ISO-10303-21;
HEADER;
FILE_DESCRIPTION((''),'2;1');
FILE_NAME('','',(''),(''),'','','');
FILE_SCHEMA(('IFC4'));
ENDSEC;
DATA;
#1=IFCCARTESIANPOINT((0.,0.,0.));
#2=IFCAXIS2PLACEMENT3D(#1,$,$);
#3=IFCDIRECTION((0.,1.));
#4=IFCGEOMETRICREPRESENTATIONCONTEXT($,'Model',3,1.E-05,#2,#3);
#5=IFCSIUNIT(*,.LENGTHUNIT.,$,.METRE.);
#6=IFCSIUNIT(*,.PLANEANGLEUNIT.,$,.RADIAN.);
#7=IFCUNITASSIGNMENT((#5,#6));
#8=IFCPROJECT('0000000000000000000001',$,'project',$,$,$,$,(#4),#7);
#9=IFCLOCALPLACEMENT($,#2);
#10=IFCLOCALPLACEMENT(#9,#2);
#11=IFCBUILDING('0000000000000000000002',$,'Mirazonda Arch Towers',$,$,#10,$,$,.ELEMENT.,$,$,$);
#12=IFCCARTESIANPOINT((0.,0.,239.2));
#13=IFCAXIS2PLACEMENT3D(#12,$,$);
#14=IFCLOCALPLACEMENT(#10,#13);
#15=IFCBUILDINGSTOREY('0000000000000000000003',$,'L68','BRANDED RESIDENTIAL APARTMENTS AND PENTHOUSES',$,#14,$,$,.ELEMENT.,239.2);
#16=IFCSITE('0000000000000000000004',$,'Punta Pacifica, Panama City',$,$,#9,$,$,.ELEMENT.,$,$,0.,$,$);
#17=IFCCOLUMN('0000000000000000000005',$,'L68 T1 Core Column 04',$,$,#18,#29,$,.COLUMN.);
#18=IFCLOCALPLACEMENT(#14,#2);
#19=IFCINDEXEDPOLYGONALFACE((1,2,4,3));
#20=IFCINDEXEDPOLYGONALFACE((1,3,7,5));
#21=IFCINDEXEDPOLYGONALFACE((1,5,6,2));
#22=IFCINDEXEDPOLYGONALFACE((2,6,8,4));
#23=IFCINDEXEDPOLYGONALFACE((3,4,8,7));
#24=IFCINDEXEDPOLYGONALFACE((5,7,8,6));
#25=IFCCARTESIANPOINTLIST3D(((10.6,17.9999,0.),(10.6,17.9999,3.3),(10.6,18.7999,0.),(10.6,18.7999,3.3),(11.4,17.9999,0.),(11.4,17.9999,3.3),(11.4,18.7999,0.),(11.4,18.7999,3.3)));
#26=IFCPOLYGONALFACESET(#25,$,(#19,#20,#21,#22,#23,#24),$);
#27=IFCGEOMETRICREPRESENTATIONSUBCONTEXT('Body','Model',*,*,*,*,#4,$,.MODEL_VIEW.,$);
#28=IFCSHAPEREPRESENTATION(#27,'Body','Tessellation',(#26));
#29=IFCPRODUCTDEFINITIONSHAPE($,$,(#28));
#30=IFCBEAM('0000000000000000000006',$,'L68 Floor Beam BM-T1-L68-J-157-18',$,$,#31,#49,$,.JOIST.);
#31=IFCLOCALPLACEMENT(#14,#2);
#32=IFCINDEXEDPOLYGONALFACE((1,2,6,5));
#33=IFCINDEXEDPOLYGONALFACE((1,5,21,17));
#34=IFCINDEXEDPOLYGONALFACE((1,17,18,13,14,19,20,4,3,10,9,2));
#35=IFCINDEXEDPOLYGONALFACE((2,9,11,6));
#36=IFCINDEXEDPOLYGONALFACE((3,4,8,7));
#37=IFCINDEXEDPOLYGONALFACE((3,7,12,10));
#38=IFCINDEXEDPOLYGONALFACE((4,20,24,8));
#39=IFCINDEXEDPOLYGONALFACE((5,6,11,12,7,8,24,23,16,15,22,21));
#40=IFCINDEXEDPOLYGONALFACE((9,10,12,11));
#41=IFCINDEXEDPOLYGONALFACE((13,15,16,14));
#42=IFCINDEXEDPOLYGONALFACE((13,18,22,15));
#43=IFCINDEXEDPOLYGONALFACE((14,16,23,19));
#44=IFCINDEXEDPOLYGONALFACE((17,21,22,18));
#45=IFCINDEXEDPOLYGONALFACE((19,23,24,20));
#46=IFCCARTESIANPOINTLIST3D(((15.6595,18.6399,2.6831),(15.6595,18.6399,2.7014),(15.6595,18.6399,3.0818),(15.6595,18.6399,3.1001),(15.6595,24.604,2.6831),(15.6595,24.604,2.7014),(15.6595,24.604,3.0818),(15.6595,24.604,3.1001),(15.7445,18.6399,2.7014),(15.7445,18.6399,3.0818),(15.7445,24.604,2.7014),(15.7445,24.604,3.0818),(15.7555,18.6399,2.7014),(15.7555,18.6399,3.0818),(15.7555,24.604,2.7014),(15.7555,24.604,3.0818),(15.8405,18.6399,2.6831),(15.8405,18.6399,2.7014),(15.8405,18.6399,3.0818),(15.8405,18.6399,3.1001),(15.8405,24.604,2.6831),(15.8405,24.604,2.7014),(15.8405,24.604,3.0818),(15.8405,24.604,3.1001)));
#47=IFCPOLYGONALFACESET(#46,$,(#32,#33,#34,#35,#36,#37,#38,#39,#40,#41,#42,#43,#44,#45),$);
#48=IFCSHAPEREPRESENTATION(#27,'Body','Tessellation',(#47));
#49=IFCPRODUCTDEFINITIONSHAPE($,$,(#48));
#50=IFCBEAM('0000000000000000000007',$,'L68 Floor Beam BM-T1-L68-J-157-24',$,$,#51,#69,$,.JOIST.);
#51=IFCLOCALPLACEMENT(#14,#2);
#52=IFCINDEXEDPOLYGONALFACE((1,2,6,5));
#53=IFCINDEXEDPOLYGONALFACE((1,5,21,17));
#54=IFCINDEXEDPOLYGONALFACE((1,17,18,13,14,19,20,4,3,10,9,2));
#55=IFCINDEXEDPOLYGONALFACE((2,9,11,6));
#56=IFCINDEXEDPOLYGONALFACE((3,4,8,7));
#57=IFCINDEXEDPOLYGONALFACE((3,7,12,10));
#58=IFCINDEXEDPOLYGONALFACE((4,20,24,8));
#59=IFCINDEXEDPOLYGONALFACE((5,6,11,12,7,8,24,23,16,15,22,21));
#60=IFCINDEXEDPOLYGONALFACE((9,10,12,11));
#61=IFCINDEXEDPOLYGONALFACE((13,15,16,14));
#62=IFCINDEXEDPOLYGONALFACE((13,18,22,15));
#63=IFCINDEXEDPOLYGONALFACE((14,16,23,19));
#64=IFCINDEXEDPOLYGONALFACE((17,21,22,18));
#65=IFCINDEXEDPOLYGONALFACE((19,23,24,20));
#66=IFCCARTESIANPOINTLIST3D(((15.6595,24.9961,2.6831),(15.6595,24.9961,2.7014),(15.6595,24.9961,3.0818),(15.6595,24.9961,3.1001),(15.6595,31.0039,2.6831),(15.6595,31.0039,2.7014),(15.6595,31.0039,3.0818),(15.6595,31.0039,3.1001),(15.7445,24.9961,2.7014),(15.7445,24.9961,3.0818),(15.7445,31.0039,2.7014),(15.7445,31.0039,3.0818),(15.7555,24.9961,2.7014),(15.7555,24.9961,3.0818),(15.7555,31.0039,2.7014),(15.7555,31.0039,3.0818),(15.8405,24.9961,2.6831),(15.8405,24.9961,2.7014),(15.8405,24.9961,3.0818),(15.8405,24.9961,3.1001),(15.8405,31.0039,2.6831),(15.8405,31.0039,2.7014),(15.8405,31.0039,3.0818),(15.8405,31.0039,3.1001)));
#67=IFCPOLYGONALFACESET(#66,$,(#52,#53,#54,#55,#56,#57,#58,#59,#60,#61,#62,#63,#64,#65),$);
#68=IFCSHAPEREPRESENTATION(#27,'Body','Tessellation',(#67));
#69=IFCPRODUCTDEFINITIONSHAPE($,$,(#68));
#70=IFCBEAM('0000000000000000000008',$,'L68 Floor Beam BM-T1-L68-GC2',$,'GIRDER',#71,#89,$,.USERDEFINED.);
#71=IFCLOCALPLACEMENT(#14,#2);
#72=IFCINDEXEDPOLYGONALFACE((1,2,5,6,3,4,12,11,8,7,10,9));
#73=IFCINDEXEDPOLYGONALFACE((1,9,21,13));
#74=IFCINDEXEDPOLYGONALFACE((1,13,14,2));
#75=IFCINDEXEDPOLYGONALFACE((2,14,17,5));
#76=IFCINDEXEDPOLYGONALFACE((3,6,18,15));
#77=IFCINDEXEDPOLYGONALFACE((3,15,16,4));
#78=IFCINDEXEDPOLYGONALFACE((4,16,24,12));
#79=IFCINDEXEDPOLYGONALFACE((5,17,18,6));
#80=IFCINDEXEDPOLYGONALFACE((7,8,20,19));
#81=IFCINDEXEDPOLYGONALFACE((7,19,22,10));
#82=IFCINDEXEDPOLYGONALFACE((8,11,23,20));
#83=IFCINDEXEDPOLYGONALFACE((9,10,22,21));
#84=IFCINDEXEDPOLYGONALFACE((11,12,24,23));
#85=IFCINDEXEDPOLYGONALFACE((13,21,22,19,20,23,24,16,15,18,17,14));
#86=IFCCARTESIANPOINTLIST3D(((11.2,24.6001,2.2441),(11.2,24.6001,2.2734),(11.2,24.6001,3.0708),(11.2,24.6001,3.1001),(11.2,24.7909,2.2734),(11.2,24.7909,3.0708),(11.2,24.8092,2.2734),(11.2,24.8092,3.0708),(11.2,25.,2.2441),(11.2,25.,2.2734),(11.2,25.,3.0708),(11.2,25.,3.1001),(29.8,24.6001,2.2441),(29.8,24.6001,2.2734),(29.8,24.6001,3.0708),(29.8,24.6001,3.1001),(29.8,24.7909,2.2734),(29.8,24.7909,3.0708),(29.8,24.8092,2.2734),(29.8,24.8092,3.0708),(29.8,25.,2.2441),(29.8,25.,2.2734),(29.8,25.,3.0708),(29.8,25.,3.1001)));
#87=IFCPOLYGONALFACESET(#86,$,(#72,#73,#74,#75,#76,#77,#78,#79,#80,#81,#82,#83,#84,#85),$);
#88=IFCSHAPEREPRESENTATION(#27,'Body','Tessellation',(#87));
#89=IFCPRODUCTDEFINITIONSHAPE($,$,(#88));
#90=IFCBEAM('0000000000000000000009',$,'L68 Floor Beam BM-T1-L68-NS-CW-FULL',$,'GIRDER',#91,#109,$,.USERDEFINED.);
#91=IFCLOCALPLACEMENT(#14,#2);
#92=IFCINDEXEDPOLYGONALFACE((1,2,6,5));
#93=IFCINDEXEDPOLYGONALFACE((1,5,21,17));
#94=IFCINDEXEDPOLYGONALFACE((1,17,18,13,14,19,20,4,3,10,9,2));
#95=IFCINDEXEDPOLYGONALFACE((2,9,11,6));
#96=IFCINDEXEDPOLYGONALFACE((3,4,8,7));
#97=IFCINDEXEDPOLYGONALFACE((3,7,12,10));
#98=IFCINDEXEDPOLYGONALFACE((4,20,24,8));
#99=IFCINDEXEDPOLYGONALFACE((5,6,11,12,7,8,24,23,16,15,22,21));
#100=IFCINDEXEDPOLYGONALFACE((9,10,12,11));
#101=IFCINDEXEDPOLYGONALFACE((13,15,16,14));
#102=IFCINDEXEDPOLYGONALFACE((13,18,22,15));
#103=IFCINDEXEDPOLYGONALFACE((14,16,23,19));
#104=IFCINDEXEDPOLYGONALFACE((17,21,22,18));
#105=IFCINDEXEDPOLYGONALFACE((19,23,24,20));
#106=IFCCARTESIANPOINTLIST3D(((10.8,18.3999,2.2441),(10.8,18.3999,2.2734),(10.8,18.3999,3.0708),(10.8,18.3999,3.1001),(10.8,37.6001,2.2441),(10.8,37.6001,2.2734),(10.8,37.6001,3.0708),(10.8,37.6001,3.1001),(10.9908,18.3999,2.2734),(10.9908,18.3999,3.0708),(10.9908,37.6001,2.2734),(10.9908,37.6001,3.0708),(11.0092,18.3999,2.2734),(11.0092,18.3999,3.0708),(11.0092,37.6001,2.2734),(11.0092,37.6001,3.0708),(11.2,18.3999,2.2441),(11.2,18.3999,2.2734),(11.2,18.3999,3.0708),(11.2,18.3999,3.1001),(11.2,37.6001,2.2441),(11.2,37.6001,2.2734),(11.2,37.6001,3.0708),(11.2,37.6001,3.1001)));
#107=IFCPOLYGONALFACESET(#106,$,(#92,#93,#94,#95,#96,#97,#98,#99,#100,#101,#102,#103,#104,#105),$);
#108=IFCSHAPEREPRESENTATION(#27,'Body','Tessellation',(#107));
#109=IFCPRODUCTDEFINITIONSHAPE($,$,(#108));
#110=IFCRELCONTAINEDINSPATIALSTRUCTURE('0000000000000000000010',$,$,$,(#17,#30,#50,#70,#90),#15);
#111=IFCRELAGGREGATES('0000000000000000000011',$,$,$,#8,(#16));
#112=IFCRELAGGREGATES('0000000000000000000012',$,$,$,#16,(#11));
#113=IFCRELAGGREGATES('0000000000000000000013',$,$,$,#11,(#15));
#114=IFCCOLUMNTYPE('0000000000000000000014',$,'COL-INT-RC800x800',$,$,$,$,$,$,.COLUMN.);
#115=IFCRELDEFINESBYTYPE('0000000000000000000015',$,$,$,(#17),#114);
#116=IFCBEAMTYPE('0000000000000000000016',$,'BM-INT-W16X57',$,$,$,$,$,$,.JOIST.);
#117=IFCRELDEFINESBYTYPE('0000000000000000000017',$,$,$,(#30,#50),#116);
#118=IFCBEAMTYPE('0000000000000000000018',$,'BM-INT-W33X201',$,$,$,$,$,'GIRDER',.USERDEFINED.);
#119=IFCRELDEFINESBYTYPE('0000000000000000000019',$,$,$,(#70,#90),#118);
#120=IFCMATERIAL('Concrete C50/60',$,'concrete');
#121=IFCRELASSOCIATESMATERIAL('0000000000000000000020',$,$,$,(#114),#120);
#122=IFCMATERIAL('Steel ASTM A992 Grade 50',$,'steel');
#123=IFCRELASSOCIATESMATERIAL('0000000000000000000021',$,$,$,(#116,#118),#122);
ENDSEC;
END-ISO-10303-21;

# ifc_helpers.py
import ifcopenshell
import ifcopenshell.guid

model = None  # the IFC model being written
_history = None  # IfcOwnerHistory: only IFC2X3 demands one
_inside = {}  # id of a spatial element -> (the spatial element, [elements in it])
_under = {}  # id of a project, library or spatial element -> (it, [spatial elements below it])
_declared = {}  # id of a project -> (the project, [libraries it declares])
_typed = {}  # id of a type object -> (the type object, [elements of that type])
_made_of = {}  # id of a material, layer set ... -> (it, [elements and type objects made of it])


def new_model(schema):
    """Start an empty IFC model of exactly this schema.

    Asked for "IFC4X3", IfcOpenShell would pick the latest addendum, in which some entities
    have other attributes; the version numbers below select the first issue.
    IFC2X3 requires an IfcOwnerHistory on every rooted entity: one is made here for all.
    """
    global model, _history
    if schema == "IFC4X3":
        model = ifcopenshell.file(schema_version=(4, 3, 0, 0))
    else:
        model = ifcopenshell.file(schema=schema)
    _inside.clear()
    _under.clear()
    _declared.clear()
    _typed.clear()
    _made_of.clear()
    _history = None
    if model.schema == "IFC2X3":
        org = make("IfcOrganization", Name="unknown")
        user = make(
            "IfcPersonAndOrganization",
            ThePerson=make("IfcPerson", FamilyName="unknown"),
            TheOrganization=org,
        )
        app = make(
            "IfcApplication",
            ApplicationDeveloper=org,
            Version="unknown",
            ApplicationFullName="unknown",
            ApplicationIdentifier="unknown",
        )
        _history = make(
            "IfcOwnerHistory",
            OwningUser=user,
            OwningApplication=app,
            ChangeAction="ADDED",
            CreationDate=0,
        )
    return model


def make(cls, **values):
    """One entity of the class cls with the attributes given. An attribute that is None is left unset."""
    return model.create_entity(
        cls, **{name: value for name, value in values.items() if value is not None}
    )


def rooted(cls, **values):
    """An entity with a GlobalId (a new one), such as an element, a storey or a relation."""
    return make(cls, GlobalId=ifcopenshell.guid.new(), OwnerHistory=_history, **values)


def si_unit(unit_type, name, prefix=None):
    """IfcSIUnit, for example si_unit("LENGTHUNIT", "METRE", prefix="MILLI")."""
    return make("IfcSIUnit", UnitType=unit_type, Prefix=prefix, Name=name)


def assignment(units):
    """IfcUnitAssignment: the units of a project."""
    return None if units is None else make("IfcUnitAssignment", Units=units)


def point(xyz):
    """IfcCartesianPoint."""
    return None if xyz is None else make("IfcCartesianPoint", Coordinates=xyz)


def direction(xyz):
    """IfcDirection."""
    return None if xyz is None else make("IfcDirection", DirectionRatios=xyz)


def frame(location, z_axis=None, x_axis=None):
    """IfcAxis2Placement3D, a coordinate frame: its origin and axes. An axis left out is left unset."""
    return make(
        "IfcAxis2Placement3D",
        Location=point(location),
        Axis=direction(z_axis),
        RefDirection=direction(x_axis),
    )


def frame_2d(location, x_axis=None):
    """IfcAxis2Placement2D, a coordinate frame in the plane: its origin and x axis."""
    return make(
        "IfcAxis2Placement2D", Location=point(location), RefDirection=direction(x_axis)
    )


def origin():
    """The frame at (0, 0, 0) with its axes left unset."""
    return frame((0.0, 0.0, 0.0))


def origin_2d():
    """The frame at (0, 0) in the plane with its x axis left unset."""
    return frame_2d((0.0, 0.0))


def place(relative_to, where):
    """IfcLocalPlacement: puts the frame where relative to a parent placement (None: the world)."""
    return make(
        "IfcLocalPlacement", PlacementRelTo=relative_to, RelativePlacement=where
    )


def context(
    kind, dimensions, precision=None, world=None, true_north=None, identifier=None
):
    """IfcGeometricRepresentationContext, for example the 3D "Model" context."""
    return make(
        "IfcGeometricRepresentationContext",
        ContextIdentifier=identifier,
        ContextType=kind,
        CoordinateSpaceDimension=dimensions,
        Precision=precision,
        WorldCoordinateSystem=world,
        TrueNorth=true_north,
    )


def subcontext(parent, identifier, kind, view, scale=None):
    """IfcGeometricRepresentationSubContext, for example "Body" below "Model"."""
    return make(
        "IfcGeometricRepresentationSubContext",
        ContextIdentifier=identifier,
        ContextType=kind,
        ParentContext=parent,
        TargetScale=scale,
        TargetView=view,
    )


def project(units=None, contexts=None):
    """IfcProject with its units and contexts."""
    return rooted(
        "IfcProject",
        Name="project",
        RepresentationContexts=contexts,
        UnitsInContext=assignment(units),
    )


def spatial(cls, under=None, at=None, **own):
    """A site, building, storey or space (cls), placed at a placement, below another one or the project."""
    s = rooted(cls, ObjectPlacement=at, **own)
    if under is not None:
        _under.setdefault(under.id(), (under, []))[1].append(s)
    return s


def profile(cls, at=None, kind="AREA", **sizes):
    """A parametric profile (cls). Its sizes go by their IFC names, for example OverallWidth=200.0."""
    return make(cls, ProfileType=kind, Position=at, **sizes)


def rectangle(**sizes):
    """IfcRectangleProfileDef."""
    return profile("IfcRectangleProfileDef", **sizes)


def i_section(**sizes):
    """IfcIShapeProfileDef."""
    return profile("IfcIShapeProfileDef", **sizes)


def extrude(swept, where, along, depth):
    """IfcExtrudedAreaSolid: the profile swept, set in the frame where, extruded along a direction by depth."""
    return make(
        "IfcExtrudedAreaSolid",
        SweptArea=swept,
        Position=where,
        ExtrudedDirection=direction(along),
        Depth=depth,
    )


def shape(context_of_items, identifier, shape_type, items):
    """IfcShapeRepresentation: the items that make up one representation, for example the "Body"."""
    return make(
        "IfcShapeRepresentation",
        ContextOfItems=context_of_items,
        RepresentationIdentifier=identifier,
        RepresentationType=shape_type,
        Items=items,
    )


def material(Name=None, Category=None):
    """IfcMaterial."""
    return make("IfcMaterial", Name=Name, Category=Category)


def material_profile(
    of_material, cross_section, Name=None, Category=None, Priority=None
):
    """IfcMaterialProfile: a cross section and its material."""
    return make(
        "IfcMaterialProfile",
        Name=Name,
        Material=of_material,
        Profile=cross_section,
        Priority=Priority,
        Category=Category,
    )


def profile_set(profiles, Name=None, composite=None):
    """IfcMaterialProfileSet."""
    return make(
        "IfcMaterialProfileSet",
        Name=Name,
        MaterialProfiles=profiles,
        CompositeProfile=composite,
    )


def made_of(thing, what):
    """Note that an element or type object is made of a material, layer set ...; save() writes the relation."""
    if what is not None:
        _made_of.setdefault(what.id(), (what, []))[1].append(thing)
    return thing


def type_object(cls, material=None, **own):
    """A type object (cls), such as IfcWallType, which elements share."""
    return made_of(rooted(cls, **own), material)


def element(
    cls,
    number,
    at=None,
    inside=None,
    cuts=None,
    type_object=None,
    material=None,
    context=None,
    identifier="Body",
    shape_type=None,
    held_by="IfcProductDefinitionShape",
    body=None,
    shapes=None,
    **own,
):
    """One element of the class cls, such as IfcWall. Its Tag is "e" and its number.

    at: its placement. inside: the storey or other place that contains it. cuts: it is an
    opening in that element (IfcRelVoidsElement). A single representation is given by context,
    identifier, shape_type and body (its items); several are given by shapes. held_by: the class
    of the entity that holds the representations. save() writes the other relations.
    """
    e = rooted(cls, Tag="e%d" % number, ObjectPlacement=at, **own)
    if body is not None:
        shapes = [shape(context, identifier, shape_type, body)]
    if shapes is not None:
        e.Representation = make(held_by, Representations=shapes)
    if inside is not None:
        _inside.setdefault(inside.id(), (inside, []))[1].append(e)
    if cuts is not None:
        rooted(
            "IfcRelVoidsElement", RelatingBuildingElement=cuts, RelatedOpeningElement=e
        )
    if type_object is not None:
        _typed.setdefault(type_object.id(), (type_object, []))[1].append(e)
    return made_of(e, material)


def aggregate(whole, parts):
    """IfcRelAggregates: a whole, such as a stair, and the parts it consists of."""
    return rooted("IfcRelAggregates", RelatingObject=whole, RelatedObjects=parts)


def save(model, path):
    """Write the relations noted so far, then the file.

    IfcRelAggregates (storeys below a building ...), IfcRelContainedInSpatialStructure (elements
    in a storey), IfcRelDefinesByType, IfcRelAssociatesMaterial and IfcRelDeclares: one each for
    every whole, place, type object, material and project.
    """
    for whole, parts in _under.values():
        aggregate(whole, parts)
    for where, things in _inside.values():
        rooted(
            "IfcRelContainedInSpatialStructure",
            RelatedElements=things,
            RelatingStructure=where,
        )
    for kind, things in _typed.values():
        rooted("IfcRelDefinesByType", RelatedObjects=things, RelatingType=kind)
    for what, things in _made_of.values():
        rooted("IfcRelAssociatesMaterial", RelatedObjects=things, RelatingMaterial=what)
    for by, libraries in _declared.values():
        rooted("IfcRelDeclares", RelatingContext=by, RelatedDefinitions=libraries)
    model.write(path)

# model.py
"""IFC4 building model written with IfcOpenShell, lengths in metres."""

from ifc_helpers import new_model, si_unit, direction, frame, origin, origin_2d, place, context, subcontext, project, spatial, rectangle, i_section, extrude, material, material_profile, profile_set, type_object, element, save


model = new_model("IFC4")

# Units and contexts
model_context = context("Model", 3, precision=1e-05, world=origin(), true_north=direction((0.0, 1.0)))
body_context = subcontext(model_context, "Body", "Model", "MODEL_VIEW")
ifc_project = project(units=[si_unit("LENGTHUNIT", "METRE"), si_unit("PLANEANGLEUNIT", "RADIAN")], contexts=[model_context])

# Site, building, storey
site_placement = place(None, origin())
site = spatial("IfcSite", under=ifc_project, at=site_placement, Name="Punta Pacifica, Panama City", CompositionType="ELEMENT", RefElevation=0.0)
building_placement = place(site_placement, origin())
building = spatial("IfcBuilding", under=site, at=building_placement, Name="Mirazonda Arch Towers", CompositionType="ELEMENT")
storey_placement = place(building_placement, frame((0.0, 0.0, 239.2)))
storey = spatial("IfcBuildingStorey", under=building, at=storey_placement, Name="L68", Description="BRANDED RESIDENTIAL APARTMENTS AND PENTHOUSES", CompositionType="ELEMENT", Elevation=239.2)

# Column
ifc_material_1 = material(Name="Concrete C50/60", Category="concrete")
ifc_material_profile_1 = material_profile(ifc_material_1, rectangle(XDim=0.8, YDim=0.8, at=origin_2d()), Name="RC800x800")
ifc_profile_set_1 = profile_set([ifc_material_profile_1], Name="Concrete C50/60")
column_type = type_object("IfcColumnType", Name="COL-INT-RC800x800", PredefinedType="COLUMN", material=ifc_profile_set_1)
column_placement = place(storey_placement, frame((11.0, 18.3999, 0.0), z_axis=(0.0, 0.0, 1.0), x_axis=(1.0, 0.0, 0.0)))
element("IfcColumn", 1, at=column_placement, inside=storey, type_object=column_type, Name="L68 T1 Core Column 04", PredefinedType="COLUMN", context=body_context, shape_type="SweptSolid", body=[
    extrude(rectangle(XDim=0.8, YDim=0.8, at=origin_2d()), origin(), (0.0, 0.0, 1.0), 3.3),
])

# Beams
ifc_material_2 = material(Name="Steel ASTM A992 Grade 50", Category="steel")
ifc_material_profile_2 = material_profile(ifc_material_2, i_section(OverallWidth=0.1809, OverallDepth=0.417, WebThickness=0.011, FlangeThickness=0.0183, at=origin_2d()), Name="W16X57")
ifc_profile_set_2 = profile_set([ifc_material_profile_2], Name="Steel ASTM A992 Grade 50")
beam_type_1 = type_object("IfcBeamType", Name="BM-INT-W16X57", PredefinedType="JOIST", material=ifc_profile_set_2)
beam_1_placement = place(storey_placement, frame((15.75, 18.6399, 2.8916), z_axis=(0.0, 1.0, 0.0), x_axis=(-1.0, 0.0, 0.0)))
element("IfcBeam", 2, at=beam_1_placement, inside=storey, type_object=beam_type_1, Name="L68 Floor Beam BM-T1-L68-J-157-18", PredefinedType="JOIST", context=body_context, shape_type="SweptSolid", body=[
    extrude(i_section(OverallWidth=0.1809, OverallDepth=0.417, WebThickness=0.011, FlangeThickness=0.0183, at=origin_2d()), origin(), (0.0, 0.0, 1.0), 5.9641),
])
beam_2_placement = place(storey_placement, frame((15.75, 24.9961, 2.8916), z_axis=(0.0, 1.0, 0.0), x_axis=(-1.0, 0.0, 0.0)))
element("IfcBeam", 3, at=beam_2_placement, inside=storey, type_object=beam_type_1, Name="L68 Floor Beam BM-T1-L68-J-157-24", PredefinedType="JOIST", context=body_context, shape_type="SweptSolid", body=[
    extrude(i_section(OverallWidth=0.1809, OverallDepth=0.417, WebThickness=0.011, FlangeThickness=0.0183, at=origin_2d()), origin(), (0.0, 0.0, 1.0), 6.0078),
])
ifc_material_profile_3 = material_profile(ifc_material_2, i_section(OverallWidth=0.3999, OverallDepth=0.856, WebThickness=0.0183, FlangeThickness=0.0293, at=origin_2d()), Name="W33X201")
ifc_profile_set_3 = profile_set([ifc_material_profile_3], Name="Steel ASTM A992 Grade 50")
beam_type_2 = type_object("IfcBeamType", Name="BM-INT-W33X201", ElementType="GIRDER", PredefinedType="USERDEFINED", material=ifc_profile_set_3)
beam_3_placement = place(storey_placement, frame((11.2, 24.8, 2.6721), z_axis=(1.0, 0.0, 0.0), x_axis=(0.0, 1.0, 0.0)))
element("IfcBeam", 4, at=beam_3_placement, inside=storey, type_object=beam_type_2, Name="L68 Floor Beam BM-T1-L68-GC2", ObjectType="GIRDER", PredefinedType="USERDEFINED", context=body_context, shape_type="SweptSolid", body=[
    extrude(i_section(OverallWidth=0.3999, OverallDepth=0.856, WebThickness=0.0183, FlangeThickness=0.0293, at=origin_2d()), origin(), (0.0, 0.0, 1.0), 18.6001),
])
beam_4_placement = place(storey_placement, frame((11.0, 18.3999, 2.6721), z_axis=(0.0, 1.0, 0.0), x_axis=(-1.0, 0.0, 0.0)))
element("IfcBeam", 5, at=beam_4_placement, inside=storey, type_object=beam_type_2, Name="L68 Floor Beam BM-T1-L68-NS-CW-FULL", ObjectType="GIRDER", PredefinedType="USERDEFINED", context=body_context, shape_type="SweptSolid", body=[
    extrude(i_section(OverallWidth=0.3999, OverallDepth=0.856, WebThickness=0.0183, FlangeThickness=0.0293, at=origin_2d()), origin(), (0.0, 0.0, 1.0), 19.2002),
])

save(model, "model.ifc")
